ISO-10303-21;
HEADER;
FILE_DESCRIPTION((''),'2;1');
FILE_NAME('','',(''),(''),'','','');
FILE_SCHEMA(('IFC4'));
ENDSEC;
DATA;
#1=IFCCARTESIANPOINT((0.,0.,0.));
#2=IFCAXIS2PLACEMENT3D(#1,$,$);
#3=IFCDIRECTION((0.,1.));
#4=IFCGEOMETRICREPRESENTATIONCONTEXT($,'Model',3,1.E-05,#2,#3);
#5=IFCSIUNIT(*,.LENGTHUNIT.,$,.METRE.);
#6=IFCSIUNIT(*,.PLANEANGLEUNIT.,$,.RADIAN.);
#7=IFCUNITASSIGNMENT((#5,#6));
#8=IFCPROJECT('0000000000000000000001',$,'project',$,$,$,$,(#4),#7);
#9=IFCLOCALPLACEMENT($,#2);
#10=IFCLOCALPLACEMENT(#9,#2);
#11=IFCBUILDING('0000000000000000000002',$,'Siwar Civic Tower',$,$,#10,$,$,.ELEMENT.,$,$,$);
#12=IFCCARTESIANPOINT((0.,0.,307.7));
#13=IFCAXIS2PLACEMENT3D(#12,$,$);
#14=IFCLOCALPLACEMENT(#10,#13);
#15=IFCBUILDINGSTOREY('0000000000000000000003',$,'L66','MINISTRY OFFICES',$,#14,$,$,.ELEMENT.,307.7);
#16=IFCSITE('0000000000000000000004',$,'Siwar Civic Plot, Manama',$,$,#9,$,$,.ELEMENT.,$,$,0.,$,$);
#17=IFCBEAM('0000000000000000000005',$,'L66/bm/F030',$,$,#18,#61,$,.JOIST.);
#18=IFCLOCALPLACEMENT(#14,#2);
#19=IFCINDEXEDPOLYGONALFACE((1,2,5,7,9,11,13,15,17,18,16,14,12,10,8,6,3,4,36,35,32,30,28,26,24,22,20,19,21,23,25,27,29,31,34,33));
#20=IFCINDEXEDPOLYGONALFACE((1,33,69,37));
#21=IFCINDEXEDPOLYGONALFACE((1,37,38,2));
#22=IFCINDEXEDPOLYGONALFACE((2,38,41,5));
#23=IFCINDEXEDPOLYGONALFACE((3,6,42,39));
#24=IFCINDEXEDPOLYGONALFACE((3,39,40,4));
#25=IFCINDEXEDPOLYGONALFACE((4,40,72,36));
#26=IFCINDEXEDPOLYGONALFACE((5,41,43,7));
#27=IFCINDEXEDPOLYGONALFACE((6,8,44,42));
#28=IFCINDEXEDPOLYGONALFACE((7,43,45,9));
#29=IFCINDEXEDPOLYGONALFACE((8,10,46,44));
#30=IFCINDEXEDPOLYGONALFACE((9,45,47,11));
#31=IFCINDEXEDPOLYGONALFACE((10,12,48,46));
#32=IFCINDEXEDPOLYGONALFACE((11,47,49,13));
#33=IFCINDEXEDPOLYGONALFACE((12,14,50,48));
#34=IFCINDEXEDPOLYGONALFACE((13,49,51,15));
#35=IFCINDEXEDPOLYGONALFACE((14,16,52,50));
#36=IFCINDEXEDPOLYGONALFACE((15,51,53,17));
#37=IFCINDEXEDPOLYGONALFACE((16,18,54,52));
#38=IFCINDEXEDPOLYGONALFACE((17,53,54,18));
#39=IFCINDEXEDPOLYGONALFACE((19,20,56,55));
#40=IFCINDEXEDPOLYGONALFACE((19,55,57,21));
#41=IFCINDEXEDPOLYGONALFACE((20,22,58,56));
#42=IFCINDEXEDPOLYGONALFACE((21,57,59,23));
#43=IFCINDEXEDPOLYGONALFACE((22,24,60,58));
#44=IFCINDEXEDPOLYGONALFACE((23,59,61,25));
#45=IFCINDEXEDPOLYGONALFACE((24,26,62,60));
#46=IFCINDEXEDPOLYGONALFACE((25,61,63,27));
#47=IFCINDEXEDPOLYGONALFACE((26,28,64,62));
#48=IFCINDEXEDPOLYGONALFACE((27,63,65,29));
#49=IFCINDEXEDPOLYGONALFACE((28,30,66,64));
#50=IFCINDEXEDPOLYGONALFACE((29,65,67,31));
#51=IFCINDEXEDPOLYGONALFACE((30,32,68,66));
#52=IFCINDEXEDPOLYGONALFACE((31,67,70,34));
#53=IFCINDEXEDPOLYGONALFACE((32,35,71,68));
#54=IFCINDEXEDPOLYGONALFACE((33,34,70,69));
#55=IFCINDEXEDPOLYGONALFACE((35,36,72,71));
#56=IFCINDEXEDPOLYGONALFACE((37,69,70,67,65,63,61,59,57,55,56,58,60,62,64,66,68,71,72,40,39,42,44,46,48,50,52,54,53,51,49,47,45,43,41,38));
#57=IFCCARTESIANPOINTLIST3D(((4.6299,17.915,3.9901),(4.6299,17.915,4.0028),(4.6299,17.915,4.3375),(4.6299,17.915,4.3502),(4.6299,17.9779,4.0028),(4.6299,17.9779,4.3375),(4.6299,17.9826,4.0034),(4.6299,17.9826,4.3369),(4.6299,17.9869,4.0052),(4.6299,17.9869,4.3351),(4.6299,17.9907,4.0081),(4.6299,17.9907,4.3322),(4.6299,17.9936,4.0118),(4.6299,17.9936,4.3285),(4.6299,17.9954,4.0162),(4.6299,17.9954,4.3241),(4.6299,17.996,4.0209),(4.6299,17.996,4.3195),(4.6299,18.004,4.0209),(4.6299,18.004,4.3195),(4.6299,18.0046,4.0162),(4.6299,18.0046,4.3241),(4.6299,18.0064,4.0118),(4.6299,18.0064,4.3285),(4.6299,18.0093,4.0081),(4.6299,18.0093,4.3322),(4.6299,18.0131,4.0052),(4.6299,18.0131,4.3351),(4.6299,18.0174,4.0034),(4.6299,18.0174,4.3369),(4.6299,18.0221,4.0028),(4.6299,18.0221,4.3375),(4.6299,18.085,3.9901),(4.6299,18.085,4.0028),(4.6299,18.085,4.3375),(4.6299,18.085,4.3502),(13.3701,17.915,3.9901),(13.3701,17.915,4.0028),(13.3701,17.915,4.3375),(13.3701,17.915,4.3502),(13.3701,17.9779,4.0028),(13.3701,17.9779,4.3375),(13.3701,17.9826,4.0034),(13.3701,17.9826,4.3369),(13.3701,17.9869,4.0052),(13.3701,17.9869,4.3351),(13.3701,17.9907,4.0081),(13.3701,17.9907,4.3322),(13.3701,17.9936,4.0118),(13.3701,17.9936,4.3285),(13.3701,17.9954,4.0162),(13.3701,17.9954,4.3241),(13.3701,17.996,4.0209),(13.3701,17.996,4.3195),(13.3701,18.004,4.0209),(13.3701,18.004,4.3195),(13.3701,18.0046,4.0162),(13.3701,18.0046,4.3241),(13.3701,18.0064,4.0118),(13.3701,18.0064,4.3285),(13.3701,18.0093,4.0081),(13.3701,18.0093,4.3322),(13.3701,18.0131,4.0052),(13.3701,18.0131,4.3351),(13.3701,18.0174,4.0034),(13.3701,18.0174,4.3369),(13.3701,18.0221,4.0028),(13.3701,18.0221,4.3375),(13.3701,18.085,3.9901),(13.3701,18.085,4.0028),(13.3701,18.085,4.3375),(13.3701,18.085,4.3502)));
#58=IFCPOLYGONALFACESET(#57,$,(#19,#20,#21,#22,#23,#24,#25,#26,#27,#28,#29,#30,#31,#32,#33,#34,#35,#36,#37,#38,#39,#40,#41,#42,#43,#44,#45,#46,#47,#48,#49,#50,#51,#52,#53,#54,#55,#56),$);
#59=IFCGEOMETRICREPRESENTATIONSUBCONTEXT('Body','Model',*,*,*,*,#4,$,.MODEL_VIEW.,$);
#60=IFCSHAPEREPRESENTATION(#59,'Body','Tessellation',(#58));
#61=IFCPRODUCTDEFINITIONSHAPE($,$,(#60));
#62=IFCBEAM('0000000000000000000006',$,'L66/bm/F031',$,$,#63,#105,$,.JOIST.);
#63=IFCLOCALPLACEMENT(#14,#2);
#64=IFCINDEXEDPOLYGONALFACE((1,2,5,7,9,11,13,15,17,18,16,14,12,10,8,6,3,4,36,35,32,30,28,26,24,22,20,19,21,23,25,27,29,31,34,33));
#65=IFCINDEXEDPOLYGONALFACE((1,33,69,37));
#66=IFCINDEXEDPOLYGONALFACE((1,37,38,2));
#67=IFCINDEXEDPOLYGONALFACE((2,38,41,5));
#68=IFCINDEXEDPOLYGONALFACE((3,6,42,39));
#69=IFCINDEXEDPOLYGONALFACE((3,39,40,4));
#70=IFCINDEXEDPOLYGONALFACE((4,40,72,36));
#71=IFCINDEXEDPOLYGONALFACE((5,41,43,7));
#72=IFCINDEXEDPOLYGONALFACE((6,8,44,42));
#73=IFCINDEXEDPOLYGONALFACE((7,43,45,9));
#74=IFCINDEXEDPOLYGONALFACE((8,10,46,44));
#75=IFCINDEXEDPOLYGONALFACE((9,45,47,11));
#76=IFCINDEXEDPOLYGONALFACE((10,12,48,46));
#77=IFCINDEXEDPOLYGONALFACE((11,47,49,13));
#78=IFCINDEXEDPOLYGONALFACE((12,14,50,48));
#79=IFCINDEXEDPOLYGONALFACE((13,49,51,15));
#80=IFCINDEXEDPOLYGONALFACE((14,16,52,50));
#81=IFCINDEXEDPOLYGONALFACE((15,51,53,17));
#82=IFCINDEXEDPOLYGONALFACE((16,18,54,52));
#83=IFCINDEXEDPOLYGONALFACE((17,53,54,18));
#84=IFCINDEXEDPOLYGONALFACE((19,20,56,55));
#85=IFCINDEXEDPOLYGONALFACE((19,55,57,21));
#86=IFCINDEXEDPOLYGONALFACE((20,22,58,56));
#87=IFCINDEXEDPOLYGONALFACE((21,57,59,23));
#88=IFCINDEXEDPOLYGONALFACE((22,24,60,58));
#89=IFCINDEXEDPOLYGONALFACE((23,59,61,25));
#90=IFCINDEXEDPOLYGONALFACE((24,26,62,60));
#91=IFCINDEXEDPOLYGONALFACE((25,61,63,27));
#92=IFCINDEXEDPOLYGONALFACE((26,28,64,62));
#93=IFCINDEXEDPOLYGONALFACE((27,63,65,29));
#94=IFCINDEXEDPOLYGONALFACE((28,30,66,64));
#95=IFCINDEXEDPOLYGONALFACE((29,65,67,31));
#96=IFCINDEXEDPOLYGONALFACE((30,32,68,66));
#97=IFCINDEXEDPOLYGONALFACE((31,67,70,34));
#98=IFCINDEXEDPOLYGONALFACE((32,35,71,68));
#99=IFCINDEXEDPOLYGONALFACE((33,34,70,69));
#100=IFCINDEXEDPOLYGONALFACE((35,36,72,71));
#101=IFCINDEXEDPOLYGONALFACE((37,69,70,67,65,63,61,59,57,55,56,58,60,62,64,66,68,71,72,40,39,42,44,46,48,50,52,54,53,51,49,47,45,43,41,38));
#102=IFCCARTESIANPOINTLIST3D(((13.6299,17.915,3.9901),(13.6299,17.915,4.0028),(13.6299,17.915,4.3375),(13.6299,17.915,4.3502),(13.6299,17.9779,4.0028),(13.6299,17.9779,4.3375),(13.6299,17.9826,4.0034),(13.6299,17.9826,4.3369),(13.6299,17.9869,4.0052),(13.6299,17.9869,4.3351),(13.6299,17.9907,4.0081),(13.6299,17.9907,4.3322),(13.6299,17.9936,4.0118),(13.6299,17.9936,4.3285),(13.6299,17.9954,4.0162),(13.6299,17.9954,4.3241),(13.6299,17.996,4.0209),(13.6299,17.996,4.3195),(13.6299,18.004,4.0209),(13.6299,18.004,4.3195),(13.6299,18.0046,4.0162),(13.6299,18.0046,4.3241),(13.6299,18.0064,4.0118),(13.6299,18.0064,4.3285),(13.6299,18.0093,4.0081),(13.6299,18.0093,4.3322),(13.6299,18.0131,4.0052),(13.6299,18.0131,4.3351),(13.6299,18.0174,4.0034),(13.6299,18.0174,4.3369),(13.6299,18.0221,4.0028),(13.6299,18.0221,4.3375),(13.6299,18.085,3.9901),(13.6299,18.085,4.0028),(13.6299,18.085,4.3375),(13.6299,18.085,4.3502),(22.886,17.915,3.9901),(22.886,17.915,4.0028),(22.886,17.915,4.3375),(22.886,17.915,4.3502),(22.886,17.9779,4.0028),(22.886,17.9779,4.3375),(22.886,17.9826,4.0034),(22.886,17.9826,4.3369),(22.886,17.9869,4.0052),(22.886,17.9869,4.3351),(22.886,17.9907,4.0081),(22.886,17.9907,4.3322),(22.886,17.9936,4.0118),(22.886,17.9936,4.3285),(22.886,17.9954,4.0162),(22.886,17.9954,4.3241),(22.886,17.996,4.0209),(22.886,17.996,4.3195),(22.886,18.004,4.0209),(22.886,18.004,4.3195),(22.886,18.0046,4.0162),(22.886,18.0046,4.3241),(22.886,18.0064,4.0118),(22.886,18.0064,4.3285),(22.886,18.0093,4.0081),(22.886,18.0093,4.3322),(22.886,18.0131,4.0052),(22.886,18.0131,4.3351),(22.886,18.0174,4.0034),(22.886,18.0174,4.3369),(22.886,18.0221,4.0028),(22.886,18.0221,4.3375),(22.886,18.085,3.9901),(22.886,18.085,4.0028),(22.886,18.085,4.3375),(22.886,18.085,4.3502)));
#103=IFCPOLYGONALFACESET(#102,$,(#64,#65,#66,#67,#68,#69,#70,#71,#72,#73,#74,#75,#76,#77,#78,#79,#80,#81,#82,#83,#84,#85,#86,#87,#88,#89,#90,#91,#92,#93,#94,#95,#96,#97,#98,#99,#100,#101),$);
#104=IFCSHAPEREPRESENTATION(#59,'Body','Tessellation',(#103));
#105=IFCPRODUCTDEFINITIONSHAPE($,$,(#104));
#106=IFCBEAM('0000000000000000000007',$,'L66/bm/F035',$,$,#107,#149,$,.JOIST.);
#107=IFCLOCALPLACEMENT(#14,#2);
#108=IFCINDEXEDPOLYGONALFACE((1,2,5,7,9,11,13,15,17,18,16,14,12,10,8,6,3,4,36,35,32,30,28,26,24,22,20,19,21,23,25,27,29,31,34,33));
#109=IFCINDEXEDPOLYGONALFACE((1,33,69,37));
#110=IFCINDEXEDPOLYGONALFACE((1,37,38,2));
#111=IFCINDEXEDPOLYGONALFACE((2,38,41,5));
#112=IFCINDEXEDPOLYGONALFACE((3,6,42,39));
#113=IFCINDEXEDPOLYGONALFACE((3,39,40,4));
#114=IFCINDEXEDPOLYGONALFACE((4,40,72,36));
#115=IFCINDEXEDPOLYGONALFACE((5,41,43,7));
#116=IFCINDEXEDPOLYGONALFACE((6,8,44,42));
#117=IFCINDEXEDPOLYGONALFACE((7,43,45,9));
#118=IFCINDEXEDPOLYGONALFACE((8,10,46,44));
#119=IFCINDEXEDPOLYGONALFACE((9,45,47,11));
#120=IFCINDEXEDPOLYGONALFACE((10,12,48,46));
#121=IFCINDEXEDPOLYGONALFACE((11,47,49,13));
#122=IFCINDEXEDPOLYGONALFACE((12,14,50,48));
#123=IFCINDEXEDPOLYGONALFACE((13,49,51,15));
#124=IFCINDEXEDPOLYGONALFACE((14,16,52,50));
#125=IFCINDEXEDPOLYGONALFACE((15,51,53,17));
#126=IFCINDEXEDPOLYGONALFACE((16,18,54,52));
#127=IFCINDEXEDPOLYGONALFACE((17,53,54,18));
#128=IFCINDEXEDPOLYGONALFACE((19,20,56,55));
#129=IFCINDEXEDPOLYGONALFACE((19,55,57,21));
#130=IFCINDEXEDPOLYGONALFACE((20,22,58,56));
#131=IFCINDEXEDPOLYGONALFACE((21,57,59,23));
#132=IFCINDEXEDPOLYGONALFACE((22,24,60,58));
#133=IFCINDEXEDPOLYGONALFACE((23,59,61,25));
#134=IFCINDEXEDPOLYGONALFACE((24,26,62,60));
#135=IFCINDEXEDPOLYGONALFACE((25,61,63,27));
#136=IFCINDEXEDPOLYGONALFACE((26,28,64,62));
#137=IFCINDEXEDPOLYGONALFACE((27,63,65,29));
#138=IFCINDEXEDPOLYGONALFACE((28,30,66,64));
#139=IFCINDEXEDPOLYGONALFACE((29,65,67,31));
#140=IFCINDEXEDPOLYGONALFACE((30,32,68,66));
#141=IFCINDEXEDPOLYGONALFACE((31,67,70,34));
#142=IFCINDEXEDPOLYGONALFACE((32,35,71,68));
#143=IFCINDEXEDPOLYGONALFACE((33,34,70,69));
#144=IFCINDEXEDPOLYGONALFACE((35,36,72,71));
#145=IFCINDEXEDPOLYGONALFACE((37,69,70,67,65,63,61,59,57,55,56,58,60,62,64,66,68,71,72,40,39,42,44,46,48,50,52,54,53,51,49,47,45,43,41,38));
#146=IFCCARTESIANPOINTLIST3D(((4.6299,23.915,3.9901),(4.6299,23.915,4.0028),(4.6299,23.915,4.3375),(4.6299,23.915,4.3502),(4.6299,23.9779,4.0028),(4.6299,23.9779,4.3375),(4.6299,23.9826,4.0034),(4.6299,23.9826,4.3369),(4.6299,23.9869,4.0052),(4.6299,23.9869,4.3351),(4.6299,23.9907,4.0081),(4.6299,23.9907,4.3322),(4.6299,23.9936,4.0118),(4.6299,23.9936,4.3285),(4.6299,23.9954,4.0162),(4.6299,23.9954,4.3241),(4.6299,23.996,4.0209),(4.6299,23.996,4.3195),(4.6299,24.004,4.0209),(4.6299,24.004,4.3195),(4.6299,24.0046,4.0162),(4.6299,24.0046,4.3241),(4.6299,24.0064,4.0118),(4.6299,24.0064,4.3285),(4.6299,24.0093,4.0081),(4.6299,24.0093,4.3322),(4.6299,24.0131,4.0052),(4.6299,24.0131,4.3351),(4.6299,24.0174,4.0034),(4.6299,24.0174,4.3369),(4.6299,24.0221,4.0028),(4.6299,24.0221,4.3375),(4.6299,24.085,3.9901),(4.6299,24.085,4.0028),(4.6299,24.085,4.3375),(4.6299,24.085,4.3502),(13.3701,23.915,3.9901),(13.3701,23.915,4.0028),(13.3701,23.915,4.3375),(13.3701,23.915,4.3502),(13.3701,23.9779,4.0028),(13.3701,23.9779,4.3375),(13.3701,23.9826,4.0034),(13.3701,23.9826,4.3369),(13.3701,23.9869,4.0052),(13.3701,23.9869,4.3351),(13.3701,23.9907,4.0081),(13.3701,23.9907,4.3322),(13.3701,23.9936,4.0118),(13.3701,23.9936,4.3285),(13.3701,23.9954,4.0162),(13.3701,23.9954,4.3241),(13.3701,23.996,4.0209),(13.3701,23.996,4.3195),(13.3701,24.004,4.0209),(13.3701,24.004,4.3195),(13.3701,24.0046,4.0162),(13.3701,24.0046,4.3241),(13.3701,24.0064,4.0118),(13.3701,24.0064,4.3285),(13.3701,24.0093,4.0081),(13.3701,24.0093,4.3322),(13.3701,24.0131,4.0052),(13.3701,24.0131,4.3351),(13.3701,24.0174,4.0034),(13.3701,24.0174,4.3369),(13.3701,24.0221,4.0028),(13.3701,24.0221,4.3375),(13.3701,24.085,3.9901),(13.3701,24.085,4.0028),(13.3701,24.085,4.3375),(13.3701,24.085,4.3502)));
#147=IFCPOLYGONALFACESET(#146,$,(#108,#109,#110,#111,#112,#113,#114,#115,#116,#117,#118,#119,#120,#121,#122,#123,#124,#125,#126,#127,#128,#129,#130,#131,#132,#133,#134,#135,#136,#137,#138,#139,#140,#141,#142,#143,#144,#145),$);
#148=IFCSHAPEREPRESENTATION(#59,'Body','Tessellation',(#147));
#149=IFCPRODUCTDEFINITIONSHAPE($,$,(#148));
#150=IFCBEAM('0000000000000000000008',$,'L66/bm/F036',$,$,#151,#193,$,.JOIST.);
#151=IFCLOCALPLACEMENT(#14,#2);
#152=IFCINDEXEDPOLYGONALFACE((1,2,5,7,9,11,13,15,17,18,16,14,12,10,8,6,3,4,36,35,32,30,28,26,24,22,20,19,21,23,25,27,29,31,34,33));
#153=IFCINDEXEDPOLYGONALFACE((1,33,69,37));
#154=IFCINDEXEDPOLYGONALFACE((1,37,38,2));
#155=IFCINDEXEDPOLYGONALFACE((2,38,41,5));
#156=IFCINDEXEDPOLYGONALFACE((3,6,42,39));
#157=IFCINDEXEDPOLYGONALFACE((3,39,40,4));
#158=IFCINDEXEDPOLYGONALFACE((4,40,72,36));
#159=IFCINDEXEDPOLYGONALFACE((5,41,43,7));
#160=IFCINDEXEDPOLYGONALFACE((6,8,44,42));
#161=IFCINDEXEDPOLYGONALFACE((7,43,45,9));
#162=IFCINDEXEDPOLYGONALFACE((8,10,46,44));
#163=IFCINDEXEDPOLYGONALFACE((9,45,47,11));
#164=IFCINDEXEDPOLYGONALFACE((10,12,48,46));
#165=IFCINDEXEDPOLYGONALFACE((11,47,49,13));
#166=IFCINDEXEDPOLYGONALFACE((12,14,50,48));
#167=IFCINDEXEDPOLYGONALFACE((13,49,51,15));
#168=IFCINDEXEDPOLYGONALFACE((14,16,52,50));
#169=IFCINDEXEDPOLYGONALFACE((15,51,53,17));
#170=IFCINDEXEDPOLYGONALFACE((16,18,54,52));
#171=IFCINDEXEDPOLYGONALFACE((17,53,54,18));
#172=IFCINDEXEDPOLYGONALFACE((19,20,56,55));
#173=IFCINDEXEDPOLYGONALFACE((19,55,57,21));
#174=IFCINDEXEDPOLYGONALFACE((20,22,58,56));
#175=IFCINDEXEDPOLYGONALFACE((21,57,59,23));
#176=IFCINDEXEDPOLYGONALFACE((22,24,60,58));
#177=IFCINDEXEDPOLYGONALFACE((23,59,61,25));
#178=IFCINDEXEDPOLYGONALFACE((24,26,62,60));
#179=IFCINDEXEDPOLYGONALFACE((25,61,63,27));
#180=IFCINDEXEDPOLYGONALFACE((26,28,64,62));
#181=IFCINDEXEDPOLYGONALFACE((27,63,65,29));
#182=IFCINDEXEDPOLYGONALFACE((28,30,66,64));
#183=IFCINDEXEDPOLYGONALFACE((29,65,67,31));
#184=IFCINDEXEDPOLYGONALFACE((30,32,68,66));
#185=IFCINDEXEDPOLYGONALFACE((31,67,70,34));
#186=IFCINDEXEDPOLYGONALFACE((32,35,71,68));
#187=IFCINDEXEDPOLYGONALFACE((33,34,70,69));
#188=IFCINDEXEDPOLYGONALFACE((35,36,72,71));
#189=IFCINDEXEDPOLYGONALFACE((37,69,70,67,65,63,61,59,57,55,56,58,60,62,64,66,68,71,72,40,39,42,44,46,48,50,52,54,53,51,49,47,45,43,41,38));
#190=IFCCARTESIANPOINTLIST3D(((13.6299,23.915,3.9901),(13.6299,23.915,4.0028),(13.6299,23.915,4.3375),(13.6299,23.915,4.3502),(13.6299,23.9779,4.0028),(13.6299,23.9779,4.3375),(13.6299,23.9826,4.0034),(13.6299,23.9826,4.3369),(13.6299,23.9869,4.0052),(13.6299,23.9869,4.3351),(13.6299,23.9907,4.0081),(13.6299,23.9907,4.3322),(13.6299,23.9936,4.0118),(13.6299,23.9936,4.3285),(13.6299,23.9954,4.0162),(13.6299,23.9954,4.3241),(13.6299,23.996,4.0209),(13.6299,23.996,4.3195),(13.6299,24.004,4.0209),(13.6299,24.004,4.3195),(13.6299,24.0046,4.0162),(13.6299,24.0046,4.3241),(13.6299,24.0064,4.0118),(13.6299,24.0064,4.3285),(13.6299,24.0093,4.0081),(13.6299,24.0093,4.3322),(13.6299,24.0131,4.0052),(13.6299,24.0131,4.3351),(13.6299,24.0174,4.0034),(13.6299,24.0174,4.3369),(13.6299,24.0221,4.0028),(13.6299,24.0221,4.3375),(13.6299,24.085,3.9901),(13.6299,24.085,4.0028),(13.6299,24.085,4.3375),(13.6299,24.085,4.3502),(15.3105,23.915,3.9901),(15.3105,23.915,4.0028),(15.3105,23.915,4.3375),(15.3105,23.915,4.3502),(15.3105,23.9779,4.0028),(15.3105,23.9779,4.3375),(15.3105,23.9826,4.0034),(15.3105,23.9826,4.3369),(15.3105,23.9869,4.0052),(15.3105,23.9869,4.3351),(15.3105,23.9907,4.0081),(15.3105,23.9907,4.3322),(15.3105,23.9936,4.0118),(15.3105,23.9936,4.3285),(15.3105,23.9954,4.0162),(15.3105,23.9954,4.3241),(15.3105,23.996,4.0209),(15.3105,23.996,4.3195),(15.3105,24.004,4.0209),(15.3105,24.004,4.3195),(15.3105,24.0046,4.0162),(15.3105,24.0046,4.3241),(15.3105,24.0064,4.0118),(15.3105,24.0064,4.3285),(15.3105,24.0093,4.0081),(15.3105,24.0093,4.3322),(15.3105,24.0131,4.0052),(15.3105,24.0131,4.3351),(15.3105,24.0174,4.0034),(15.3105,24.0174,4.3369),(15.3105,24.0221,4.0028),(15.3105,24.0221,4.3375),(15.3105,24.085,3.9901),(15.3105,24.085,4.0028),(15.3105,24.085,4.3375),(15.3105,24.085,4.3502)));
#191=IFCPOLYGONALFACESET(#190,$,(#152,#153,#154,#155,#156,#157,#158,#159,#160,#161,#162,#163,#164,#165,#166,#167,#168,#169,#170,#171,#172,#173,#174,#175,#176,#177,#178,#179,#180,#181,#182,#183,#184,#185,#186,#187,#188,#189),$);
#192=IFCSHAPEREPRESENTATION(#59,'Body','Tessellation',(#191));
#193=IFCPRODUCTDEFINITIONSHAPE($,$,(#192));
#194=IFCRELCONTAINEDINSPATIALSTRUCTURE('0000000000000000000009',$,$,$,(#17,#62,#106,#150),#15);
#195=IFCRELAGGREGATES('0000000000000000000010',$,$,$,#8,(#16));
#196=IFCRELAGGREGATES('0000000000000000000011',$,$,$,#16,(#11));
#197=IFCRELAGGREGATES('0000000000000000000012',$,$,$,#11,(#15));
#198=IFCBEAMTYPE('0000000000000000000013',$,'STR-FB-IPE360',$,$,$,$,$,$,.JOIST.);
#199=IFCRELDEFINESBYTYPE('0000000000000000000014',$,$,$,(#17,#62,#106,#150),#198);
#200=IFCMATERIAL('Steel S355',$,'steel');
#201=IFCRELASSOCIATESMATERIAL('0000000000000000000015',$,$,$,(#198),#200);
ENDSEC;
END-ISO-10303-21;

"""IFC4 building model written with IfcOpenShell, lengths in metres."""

from ifc_helpers import new_model, si_unit, direction, frame, origin, origin_2d, place, context, subcontext, project, spatial, i_section, extrude, material, material_profile, profile_set, type_object, element, save


model = new_model("IFC4")

# Units and contexts
model_context = context("Model", 3, precision=1e-05, world=origin(), true_north=direction((0.0, 1.0)))
body_context = subcontext(model_context, "Body", "Model", "MODEL_VIEW")
ifc_project = project(units=[si_unit("LENGTHUNIT", "METRE"), si_unit("PLANEANGLEUNIT", "RADIAN")], contexts=[model_context])

# Site, building, storey
site_placement = place(None, origin())
site = spatial("IfcSite", under=ifc_project, at=site_placement, Name="Siwar Civic Plot, Manama", CompositionType="ELEMENT", RefElevation=0.0)
building_placement = place(site_placement, origin())
building = spatial("IfcBuilding", under=site, at=building_placement, Name="Siwar Civic Tower", CompositionType="ELEMENT")
storey_placement = place(building_placement, frame((0.0, 0.0, 307.7)))
storey = spatial("IfcBuildingStorey", under=building, at=storey_placement, Name="L66", Description="MINISTRY OFFICES", CompositionType="ELEMENT", Elevation=307.7)

# Beams
ifc_material_1 = material(Name="Steel S355", Category="steel")
ifc_material_profile_1 = material_profile(ifc_material_1, i_section(OverallWidth=0.1699, OverallDepth=0.3601, WebThickness=0.0081, FlangeThickness=0.0127, FilletRadius=0.0181, at=origin_2d()), Name="IPE360")
ifc_profile_set_1 = profile_set([ifc_material_profile_1], Name="Steel S355")
beam_type_1 = type_object("IfcBeamType", Name="STR-FB-IPE360", PredefinedType="JOIST", material=ifc_profile_set_1)
beam_1_placement = place(storey_placement, frame((4.6299, 18.0, 4.1702), z_axis=(1.0, 0.0, 0.0), x_axis=(0.0, 1.0, 0.0)))
element("IfcBeam", 1, at=beam_1_placement, inside=storey, type_object=beam_type_1, Name="L66/bm/F030", PredefinedType="JOIST", context=body_context, shape_type="SweptSolid", body=[
    extrude(i_section(OverallWidth=0.1699, OverallDepth=0.3601, WebThickness=0.0081, FlangeThickness=0.0127, FilletRadius=0.0181, at=origin_2d()), origin(), (0.0, 0.0, 1.0), 8.7402),
])
beam_2_placement = place(storey_placement, frame((13.6299, 18.0, 4.1702), z_axis=(1.0, 0.0, 0.0), x_axis=(0.0, 1.0, 0.0)))
element("IfcBeam", 2, at=beam_2_placement, inside=storey, type_object=beam_type_1, Name="L66/bm/F031", PredefinedType="JOIST", context=body_context, shape_type="SweptSolid", body=[
    extrude(i_section(OverallWidth=0.1699, OverallDepth=0.3601, WebThickness=0.0081, FlangeThickness=0.0127, FilletRadius=0.0181, at=origin_2d()), origin(), (0.0, 0.0, 1.0), 9.2561),
])
beam_3_placement = place(storey_placement, frame((4.6299, 24.0, 4.1702), z_axis=(1.0, 0.0, 0.0), x_axis=(0.0, 1.0, 0.0)))
element("IfcBeam", 3, at=beam_3_placement, inside=storey, type_object=beam_type_1, Name="L66/bm/F035", PredefinedType="JOIST", context=body_context, shape_type="SweptSolid", body=[
    extrude(i_section(OverallWidth=0.1699, OverallDepth=0.3601, WebThickness=0.0081, FlangeThickness=0.0127, FilletRadius=0.0181, at=origin_2d()), origin(), (0.0, 0.0, 1.0), 8.7402),
])
beam_4_placement = place(storey_placement, frame((13.6299, 24.0, 4.1702), z_axis=(1.0, 0.0, 0.0), x_axis=(0.0, 1.0, 0.0)))
element("IfcBeam", 4, at=beam_4_placement, inside=storey, type_object=beam_type_1, Name="L66/bm/F036", PredefinedType="JOIST", context=body_context, shape_type="SweptSolid", body=[
    extrude(i_section(OverallWidth=0.1699, OverallDepth=0.3601, WebThickness=0.0081, FlangeThickness=0.0127, FilletRadius=0.0181, at=origin_2d()), origin(), (0.0, 0.0, 1.0), 1.6807),
])

save(model, "model.ifc")
